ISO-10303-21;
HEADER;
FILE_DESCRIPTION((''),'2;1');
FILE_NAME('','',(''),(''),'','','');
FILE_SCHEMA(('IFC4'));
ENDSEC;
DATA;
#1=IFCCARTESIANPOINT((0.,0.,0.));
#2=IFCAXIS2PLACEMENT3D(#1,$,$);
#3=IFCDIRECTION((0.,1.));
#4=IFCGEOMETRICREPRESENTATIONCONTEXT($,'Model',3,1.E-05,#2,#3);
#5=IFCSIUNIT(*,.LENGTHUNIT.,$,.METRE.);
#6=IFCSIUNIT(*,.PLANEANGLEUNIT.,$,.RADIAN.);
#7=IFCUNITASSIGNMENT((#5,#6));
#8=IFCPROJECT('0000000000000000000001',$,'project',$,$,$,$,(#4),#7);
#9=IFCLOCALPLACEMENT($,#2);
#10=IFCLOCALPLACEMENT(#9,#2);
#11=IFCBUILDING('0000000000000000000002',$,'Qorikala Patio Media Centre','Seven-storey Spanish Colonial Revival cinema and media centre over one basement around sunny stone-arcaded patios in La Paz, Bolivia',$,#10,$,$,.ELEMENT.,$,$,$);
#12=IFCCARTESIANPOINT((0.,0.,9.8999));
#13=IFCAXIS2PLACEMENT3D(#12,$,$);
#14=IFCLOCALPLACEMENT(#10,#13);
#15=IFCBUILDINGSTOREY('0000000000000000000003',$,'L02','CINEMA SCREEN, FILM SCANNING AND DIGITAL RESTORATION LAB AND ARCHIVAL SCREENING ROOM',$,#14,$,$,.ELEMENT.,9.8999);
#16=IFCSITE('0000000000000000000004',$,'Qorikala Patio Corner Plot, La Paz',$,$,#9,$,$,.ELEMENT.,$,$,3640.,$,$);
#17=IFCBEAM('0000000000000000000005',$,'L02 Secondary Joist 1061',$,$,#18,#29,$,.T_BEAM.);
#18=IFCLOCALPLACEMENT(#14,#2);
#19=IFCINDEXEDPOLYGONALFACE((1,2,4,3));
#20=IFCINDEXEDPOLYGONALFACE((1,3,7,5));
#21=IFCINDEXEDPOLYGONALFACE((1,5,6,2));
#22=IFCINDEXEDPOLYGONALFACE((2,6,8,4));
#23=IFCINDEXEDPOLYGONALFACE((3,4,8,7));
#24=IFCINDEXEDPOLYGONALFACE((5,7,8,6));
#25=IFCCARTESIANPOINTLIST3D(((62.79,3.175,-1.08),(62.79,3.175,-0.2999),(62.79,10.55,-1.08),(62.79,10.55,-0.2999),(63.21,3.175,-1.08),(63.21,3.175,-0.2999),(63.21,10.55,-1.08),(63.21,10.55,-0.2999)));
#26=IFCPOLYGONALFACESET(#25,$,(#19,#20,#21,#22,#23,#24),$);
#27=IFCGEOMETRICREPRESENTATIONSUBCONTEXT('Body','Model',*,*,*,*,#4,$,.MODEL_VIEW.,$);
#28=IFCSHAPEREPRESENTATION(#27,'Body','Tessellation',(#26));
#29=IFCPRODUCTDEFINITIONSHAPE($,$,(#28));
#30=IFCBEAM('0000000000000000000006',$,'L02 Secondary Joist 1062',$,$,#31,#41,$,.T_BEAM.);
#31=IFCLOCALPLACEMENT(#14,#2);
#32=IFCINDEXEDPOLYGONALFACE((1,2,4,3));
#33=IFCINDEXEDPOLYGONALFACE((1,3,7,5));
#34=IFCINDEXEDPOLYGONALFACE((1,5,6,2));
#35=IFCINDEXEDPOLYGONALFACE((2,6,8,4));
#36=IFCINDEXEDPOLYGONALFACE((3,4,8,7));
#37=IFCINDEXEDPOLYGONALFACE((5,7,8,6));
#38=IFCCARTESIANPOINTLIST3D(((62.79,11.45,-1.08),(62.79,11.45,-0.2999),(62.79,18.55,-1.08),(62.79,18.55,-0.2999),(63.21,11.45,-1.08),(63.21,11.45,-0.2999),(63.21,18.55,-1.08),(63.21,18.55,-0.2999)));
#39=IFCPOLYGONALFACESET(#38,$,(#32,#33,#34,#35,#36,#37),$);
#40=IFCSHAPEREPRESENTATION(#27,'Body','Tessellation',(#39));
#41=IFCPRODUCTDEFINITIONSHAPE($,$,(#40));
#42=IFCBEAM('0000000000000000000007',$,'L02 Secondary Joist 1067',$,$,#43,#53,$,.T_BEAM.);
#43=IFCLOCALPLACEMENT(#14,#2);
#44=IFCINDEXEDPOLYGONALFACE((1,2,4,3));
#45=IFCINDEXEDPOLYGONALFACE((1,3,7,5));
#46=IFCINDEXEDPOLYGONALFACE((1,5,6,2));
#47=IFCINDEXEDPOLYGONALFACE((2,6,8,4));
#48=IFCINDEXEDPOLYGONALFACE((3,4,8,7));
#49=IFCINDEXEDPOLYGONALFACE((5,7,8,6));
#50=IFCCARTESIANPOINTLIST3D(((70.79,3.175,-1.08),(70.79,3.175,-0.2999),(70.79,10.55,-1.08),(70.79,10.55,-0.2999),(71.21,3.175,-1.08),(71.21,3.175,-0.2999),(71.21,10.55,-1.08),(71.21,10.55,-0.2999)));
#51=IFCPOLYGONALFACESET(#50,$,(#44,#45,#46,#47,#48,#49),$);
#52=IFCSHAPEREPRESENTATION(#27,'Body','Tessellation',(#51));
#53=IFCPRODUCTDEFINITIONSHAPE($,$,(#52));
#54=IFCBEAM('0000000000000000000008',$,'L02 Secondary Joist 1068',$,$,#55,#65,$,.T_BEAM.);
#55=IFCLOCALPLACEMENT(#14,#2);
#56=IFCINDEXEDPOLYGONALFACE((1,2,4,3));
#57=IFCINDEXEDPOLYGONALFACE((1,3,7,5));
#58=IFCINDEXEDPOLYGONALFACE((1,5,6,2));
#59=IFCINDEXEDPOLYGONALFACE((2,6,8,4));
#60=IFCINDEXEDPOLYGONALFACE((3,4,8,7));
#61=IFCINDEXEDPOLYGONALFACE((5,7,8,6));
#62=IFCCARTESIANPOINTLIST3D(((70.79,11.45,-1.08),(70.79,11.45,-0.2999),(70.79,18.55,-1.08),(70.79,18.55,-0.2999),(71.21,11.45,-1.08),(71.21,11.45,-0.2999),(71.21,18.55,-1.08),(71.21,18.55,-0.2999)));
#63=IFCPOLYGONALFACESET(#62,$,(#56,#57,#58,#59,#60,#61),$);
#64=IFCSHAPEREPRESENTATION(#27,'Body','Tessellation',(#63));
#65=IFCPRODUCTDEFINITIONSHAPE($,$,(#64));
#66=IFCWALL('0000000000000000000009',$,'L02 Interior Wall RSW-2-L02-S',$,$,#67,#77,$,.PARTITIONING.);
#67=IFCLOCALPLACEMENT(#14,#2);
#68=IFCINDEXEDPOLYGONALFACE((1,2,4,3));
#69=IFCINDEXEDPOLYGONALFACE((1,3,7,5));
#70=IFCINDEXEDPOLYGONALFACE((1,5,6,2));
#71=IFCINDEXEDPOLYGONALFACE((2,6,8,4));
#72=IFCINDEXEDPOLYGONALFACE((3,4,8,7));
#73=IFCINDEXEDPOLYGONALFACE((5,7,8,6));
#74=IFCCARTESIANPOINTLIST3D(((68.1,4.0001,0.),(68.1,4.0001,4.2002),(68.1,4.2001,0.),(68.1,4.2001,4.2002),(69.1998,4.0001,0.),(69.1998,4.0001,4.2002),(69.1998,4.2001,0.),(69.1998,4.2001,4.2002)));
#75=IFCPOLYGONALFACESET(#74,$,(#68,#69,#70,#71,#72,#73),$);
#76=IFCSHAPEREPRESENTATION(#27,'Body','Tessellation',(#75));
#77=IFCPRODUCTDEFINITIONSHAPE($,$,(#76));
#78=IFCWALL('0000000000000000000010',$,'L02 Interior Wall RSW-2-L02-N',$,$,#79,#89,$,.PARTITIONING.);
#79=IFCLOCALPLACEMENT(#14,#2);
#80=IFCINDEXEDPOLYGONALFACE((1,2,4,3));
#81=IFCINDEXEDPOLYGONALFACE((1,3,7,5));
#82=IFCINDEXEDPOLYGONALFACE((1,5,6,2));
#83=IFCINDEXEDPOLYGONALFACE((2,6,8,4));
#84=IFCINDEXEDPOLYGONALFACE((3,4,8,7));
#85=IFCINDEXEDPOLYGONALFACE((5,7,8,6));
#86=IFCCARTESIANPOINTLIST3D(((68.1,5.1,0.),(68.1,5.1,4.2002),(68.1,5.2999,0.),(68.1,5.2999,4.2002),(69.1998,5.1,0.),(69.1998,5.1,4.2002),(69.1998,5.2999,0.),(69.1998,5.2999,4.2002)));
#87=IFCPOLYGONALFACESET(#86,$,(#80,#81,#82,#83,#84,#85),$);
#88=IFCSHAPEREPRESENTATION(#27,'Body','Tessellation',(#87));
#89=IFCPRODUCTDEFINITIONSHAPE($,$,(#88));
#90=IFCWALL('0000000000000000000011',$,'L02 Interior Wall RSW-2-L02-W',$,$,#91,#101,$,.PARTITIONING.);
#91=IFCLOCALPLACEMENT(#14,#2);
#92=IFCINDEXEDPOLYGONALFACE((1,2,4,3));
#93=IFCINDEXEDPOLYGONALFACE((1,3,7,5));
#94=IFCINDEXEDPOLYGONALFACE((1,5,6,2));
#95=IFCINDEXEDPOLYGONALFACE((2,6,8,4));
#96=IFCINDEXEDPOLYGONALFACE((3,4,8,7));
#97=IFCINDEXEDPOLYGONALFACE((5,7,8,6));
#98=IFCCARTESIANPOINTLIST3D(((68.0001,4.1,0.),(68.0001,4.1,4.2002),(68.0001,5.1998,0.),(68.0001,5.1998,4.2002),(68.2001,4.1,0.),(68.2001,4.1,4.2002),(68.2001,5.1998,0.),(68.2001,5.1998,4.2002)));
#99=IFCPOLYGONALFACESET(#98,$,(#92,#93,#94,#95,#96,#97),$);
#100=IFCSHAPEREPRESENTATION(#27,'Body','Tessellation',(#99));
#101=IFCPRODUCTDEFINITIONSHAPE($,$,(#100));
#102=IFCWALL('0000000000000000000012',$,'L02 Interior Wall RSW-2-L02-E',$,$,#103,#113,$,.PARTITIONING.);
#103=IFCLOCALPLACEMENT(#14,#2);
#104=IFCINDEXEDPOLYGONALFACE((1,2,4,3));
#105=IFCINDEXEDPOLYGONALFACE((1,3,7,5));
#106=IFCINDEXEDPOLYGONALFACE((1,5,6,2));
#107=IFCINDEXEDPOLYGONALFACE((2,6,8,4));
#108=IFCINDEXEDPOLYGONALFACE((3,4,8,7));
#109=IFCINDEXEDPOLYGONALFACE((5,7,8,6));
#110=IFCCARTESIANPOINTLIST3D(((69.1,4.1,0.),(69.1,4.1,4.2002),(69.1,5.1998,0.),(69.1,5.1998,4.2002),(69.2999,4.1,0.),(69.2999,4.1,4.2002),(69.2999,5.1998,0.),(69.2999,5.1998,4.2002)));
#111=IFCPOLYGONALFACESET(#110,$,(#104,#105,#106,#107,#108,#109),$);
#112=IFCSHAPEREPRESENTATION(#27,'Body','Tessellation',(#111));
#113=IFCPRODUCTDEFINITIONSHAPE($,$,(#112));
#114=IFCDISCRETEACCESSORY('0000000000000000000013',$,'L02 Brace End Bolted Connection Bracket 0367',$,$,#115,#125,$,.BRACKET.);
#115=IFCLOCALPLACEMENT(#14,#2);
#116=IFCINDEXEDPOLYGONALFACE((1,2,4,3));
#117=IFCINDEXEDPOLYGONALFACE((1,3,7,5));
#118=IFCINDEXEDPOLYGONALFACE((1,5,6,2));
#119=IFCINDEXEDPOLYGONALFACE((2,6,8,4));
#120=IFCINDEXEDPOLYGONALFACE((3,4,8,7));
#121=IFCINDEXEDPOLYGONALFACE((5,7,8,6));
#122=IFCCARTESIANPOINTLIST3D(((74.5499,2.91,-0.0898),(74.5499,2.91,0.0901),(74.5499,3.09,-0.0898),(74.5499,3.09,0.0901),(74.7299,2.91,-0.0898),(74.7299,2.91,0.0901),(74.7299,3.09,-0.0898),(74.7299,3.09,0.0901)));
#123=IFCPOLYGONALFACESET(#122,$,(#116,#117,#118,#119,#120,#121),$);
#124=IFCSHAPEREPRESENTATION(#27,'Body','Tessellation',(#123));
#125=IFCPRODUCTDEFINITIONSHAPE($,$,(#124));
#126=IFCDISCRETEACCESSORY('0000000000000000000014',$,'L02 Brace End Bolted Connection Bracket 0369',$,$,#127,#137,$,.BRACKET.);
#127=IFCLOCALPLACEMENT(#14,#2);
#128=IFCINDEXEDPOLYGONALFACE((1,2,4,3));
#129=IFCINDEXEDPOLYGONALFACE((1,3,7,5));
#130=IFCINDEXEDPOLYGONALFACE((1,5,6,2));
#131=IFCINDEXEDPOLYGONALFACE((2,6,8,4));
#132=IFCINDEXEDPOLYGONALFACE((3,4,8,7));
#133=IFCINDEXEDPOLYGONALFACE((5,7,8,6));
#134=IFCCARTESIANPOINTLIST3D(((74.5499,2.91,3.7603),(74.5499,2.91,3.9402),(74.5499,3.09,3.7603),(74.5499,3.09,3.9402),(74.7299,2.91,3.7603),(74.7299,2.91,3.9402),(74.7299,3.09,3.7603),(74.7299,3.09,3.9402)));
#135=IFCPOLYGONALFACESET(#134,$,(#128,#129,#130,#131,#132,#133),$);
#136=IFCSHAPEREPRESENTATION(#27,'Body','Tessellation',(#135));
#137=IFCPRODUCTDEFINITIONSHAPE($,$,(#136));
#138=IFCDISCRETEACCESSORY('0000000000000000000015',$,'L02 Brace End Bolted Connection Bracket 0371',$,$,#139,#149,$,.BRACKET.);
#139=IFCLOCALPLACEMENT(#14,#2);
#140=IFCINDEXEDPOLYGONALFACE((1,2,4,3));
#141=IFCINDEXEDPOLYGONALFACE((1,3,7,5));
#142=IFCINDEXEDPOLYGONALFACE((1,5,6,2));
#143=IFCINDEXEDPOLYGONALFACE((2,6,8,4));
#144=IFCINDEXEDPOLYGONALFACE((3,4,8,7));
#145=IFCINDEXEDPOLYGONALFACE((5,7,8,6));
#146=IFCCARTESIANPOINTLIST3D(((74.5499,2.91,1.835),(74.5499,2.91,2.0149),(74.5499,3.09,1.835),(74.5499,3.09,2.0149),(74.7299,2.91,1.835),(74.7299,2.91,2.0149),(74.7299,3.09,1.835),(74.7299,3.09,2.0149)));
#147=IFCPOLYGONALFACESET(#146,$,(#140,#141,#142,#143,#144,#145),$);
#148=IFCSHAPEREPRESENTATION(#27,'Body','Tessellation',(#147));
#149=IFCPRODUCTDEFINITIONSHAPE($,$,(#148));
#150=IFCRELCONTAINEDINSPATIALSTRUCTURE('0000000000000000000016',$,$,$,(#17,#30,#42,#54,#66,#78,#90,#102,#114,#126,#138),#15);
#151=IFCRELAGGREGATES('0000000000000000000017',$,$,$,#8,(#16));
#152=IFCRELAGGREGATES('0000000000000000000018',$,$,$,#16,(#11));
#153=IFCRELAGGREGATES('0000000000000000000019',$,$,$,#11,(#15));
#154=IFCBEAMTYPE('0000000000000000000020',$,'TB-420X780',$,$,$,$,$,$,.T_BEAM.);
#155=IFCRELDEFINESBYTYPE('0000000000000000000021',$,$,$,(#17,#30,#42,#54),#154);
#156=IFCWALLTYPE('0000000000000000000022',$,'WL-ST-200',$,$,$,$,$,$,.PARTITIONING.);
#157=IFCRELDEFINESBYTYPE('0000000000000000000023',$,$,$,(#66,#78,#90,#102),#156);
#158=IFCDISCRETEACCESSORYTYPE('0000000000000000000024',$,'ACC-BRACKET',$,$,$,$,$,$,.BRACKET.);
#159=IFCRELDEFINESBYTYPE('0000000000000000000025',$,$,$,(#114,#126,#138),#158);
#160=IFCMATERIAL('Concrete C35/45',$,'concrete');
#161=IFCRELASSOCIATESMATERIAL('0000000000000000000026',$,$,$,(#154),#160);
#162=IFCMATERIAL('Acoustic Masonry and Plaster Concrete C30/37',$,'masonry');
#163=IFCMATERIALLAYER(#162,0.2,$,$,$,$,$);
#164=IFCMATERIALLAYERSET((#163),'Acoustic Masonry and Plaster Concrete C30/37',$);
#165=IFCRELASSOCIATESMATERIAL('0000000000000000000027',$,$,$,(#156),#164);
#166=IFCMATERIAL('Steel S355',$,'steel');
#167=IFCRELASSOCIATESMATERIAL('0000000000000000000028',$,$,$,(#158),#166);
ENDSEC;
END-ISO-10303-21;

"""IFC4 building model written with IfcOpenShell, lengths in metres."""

from ifc_helpers import new_model, si_unit, direction, frame, frame_2d, origin, origin_2d, place, context, subcontext, project, spatial, rectangle, extrude, material, layer, layer_set, material_profile, profile_set, type_object, element, save


model = new_model("IFC4")

# Units and contexts
model_context = context("Model", 3, precision=1e-05, world=origin(), true_north=direction((0.0, 1.0)))
body_context = subcontext(model_context, "Body", "Model", "MODEL_VIEW")
ifc_project = project(units=[si_unit("LENGTHUNIT", "METRE"), si_unit("PLANEANGLEUNIT", "RADIAN")], contexts=[model_context])

# Site, building, storey
site_placement = place(None, origin())
site = spatial("IfcSite", under=ifc_project, at=site_placement, Name="Qorikala Patio Corner Plot, La Paz", CompositionType="ELEMENT", RefElevation=3640.0)
building_placement = place(site_placement, origin())
building = spatial("IfcBuilding", under=site, at=building_placement, Name="Qorikala Patio Media Centre", Description="Seven-storey Spanish Colonial Revival cinema and media centre over one basement around sunny stone-arcaded patios in La Paz, Bolivia", CompositionType="ELEMENT")
storey_placement = place(building_placement, frame((0.0, 0.0, 9.8999)))
storey = spatial("IfcBuildingStorey", under=building, at=storey_placement, Name="L02", Description="CINEMA SCREEN, FILM SCANNING AND DIGITAL RESTORATION LAB AND ARCHIVAL SCREENING ROOM", CompositionType="ELEMENT", Elevation=9.8999)

# Shared definitions
ifc_material_1 = material(Name="Concrete C35/45", Category="concrete")

# Beams
ifc_material_profile_1 = material_profile(ifc_material_1, rectangle(XDim=0.4199, YDim=0.78, at=origin_2d()), Name="RC 420x780")
ifc_profile_set_1 = profile_set([ifc_material_profile_1], Name="Concrete C35/45")
beam_type_1 = type_object("IfcBeamType", Name="TB-420X780", PredefinedType="T_BEAM", material=ifc_profile_set_1)
beam_1_placement = place(storey_placement, frame((63.0, 3.175, -0.6899), z_axis=(0.0, 1.0, 0.0), x_axis=(-1.0, 0.0, 0.0)))
element("IfcBeam", 1, at=beam_1_placement, inside=storey, type_object=beam_type_1, Name="L02 Secondary Joist 1061", PredefinedType="T_BEAM", context=body_context, shape_type="SweptSolid", body=[
    extrude(rectangle(XDim=0.4199, YDim=0.78, at=origin_2d()), origin(), (0.0, 0.0, 1.0), 7.375),
])
beam_2_placement = place(storey_placement, frame((63.0, 11.45, -0.6899), z_axis=(0.0, 1.0, 0.0), x_axis=(-1.0, 0.0, 0.0)))
element("IfcBeam", 2, at=beam_2_placement, inside=storey, type_object=beam_type_1, Name="L02 Secondary Joist 1062", PredefinedType="T_BEAM", context=body_context, shape_type="SweptSolid", body=[
    extrude(rectangle(XDim=0.4199, YDim=0.78, at=origin_2d()), origin(), (0.0, 0.0, 1.0), 7.1001),
])
beam_3_placement = place(storey_placement, frame((71.0, 3.175, -0.6899), z_axis=(0.0, 1.0, 0.0), x_axis=(-1.0, 0.0, 0.0)))
element("IfcBeam", 3, at=beam_3_placement, inside=storey, type_object=beam_type_1, Name="L02 Secondary Joist 1067", PredefinedType="T_BEAM", context=body_context, shape_type="SweptSolid", body=[
    extrude(rectangle(XDim=0.4199, YDim=0.78, at=origin_2d()), origin(), (0.0, 0.0, 1.0), 7.375),
])
beam_4_placement = place(storey_placement, frame((71.0, 11.45, -0.6899), z_axis=(0.0, 1.0, 0.0), x_axis=(-1.0, 0.0, 0.0)))
element("IfcBeam", 4, at=beam_4_placement, inside=storey, type_object=beam_type_1, Name="L02 Secondary Joist 1068", PredefinedType="T_BEAM", context=body_context, shape_type="SweptSolid", body=[
    extrude(rectangle(XDim=0.4199, YDim=0.78, at=origin_2d()), origin(), (0.0, 0.0, 1.0), 7.1001),
])

# Walls
ifc_material_2 = material(Name="Acoustic Masonry and Plaster Concrete C30/37", Category="masonry")
ifc_layer_1 = layer(ifc_material_2, 0.2)
ifc_layer_set_1 = layer_set([ifc_layer_1], Name="Acoustic Masonry and Plaster Concrete C30/37")
wall_type = type_object("IfcWallType", Name="WL-ST-200", PredefinedType="PARTITIONING", material=ifc_layer_set_1)
for number, where, z_axis, x_axis, name in (
    (5, (68.1001, 4.1001, 0.0), (0.0, 0.0, 1.0), (1.0, 0.0, 0.0), "L02 Interior Wall RSW-2-L02-S"),
    (6, (68.1001, 5.2, 0.0), (0.0, 0.0, 1.0), (1.0, 0.0, 0.0), "L02 Interior Wall RSW-2-L02-N"),
    (7, (68.1001, 4.1001, 0.0), (0.0, 0.0, 1.0), (0.0, 1.0, 0.0), "L02 Interior Wall RSW-2-L02-W"),
    (8, (69.2, 4.1001, 0.0), (0.0, 0.0, 1.0), (0.0, 1.0, 0.0), "L02 Interior Wall RSW-2-L02-E"),
):
    element("IfcWall", number, at=place(storey_placement, frame(where, z_axis=z_axis, x_axis=x_axis)), inside=storey, type_object=wall_type, Name=name, PredefinedType="PARTITIONING", context=body_context, shape_type="SweptSolid", body=[
        extrude(rectangle(XDim=1.0999, YDim=0.2, at=frame_2d((0.5498, 0.0))), origin(), (0.0, 0.0, 1.0), 4.2002),
    ])

# Discrete accessories
ifc_material_3 = material(Name="Steel S355", Category="steel")
discrete_accessory_type = type_object("IfcDiscreteAccessoryType", Name="ACC-BRACKET", PredefinedType="BRACKET", material=ifc_material_3)
for number, where, z_axis, x_axis, name in (
    (9, (74.6399, 3.0, -0.0898), (0.0, 0.0, 1.0), (1.0, 0.0, 0.0), "L02 Brace End Bolted Connection Bracket 0367"),
    (10, (74.6399, 3.0, 3.7603), (0.0, 0.0, 1.0), (1.0, 0.0, 0.0), "L02 Brace End Bolted Connection Bracket 0369"),
    (11, (74.6399, 3.0, 1.835), (0.0, 0.0, 1.0), (1.0, 0.0, 0.0), "L02 Brace End Bolted Connection Bracket 0371"),
):
    element("IfcDiscreteAccessory", number, at=place(storey_placement, frame(where, z_axis=z_axis, x_axis=x_axis)), inside=storey, type_object=discrete_accessory_type, Name=name, PredefinedType="BRACKET", context=body_context, shape_type="SweptSolid", body=[
        extrude(rectangle(XDim=0.1799, YDim=0.1799, at=origin_2d()), origin(), (0.0, 0.0, 1.0), 0.1799),
    ])

save(model, "model.ifc")
